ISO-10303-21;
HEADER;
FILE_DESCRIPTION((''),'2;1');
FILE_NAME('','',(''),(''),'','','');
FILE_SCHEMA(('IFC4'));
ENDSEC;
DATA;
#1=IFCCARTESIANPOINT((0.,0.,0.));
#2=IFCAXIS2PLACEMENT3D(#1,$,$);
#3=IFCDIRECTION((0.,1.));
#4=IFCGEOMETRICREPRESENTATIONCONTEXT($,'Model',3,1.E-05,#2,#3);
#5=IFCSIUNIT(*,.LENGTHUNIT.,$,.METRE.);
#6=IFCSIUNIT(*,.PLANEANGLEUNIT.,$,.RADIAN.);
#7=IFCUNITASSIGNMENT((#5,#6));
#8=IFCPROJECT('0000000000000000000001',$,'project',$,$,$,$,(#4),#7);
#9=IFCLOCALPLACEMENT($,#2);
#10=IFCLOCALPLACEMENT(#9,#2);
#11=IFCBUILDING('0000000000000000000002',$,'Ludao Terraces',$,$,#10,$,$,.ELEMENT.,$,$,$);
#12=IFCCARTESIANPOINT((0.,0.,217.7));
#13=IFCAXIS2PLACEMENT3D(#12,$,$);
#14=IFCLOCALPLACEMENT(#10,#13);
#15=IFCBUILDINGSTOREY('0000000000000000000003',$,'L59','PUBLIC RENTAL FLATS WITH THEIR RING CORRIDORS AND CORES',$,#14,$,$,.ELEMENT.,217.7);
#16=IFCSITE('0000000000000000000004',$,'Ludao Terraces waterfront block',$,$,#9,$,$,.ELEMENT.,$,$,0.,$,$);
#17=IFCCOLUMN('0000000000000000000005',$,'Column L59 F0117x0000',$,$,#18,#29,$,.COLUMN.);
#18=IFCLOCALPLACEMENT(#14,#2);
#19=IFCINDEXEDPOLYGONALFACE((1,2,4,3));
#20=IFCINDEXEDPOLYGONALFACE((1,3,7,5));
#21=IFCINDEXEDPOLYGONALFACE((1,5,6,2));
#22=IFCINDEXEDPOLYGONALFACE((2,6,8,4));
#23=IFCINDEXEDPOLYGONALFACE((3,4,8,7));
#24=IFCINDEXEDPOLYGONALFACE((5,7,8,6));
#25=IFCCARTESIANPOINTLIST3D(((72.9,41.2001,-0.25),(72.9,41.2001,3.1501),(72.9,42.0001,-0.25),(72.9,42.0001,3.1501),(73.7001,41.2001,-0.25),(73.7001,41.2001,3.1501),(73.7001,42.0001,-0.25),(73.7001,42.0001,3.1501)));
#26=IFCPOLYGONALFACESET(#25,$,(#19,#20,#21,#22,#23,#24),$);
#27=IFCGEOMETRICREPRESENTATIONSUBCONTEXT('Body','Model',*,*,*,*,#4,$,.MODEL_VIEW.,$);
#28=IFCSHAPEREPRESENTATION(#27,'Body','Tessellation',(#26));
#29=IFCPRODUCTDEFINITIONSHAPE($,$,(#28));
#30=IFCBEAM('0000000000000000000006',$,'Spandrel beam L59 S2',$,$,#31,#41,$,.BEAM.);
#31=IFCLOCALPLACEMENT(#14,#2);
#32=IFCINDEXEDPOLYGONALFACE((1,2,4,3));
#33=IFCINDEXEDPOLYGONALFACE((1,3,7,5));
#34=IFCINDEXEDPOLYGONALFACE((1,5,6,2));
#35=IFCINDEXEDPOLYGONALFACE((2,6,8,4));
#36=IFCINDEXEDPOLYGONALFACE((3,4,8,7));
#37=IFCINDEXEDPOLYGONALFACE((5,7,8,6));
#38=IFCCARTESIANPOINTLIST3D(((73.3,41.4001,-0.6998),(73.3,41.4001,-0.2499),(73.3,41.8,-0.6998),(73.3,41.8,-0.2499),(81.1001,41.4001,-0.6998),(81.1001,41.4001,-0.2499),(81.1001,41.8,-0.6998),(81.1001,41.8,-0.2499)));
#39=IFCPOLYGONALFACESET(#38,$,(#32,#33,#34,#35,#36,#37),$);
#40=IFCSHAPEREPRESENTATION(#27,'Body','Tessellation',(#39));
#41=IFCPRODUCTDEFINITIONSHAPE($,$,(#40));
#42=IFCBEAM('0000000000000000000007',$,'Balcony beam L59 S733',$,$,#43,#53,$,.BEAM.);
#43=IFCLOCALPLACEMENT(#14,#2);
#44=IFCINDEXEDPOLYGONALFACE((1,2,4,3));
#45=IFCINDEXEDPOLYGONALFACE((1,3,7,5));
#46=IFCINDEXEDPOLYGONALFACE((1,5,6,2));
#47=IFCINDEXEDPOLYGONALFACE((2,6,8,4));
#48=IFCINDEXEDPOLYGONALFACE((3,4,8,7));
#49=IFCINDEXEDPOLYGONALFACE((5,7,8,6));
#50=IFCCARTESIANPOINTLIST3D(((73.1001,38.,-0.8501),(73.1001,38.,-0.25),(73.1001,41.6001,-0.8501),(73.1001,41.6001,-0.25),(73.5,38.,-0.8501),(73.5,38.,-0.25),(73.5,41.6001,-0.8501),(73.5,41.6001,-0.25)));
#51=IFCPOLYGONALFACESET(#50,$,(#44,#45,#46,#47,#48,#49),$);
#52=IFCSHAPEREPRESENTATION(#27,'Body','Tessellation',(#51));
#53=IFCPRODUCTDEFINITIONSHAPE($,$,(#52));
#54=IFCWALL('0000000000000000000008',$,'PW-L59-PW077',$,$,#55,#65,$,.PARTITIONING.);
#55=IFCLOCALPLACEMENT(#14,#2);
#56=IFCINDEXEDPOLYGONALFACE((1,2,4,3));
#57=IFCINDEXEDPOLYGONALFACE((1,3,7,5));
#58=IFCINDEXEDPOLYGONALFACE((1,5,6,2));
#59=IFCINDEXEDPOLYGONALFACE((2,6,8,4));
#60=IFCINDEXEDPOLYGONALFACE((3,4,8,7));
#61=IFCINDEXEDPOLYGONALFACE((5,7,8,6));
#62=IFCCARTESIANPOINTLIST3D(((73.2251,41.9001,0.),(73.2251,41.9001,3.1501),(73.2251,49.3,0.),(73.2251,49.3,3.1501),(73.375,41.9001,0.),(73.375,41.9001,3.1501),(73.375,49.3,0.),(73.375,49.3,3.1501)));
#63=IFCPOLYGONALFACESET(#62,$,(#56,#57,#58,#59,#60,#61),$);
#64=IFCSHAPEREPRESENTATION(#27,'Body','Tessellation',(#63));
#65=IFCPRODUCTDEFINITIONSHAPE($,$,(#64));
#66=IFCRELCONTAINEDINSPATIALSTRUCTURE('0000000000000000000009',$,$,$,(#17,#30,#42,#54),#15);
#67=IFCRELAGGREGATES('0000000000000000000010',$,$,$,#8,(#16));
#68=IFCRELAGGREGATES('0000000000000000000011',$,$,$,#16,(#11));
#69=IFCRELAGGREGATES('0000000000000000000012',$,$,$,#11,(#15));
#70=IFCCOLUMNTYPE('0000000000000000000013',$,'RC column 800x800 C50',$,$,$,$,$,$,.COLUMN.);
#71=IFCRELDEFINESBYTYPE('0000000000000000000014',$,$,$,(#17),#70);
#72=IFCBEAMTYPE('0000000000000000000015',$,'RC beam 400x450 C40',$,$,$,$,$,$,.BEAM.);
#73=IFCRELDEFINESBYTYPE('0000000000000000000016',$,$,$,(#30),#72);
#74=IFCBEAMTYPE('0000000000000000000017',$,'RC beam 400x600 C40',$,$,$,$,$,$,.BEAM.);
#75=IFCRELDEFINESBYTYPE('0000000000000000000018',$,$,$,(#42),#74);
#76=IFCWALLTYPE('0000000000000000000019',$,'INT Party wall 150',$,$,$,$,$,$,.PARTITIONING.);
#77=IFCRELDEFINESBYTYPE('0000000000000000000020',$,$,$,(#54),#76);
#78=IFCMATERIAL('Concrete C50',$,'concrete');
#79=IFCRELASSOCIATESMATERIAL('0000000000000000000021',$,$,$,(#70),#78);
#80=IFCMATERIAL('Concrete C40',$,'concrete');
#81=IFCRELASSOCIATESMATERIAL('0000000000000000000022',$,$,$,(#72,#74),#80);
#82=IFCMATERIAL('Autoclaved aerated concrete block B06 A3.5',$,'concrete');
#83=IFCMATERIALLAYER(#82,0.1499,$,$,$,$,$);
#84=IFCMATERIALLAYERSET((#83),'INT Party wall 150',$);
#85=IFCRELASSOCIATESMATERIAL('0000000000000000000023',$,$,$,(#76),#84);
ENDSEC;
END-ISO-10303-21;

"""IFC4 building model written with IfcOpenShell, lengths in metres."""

from ifc_helpers import new_model, si_unit, direction, frame, frame_2d, origin, origin_2d, place, context, subcontext, project, spatial, rectangle, extrude, material, layer, layer_set, material_profile, profile_set, type_object, element, save


model = new_model("IFC4")

# Units and contexts
model_context = context("Model", 3, precision=1e-05, world=origin(), true_north=direction((0.0, 1.0)))
body_context = subcontext(model_context, "Body", "Model", "MODEL_VIEW")
ifc_project = project(units=[si_unit("LENGTHUNIT", "METRE"), si_unit("PLANEANGLEUNIT", "RADIAN")], contexts=[model_context])

# Site, building, storey
site_placement = place(None, origin())
site = spatial("IfcSite", under=ifc_project, at=site_placement, Name="Ludao Terraces waterfront block", CompositionType="ELEMENT", RefElevation=0.0)
building_placement = place(site_placement, origin())
building = spatial("IfcBuilding", under=site, at=building_placement, Name="Ludao Terraces", CompositionType="ELEMENT")
storey_placement = place(building_placement, frame((0.0, 0.0, 217.7)))
storey = spatial("IfcBuildingStorey", under=building, at=storey_placement, Name="L59", Description="PUBLIC RENTAL FLATS WITH THEIR RING CORRIDORS AND CORES", CompositionType="ELEMENT", Elevation=217.7)

# Column
ifc_material_1 = material(Name="Concrete C50", Category="concrete")
ifc_material_profile_1 = material_profile(ifc_material_1, rectangle(XDim=0.8, YDim=0.8, at=origin_2d()), Name="800 X 800")
ifc_profile_set_1 = profile_set([ifc_material_profile_1], Name="Concrete C50")
column_type = type_object("IfcColumnType", Name="RC column 800x800 C50", PredefinedType="COLUMN", material=ifc_profile_set_1)
column_placement = place(storey_placement, frame((73.3, 41.6001, -0.25), z_axis=(0.0, 0.0, 1.0), x_axis=(1.0, 0.0, 0.0)))
element("IfcColumn", 1, at=column_placement, inside=storey, type_object=column_type, Name="Column L59 F0117x0000", PredefinedType="COLUMN", context=body_context, shape_type="SweptSolid", body=[
    extrude(rectangle(XDim=0.8, YDim=0.8, at=origin_2d()), origin(), (0.0, 0.0, 1.0), 3.4001),
])

# Beams
ifc_material_2 = material(Name="Concrete C40", Category="concrete")
ifc_material_profile_2 = material_profile(ifc_material_2, rectangle(XDim=0.3999, YDim=0.45, at=origin_2d()), Name="400 X 450")
ifc_profile_set_2 = profile_set([ifc_material_profile_2], Name="Concrete C40")
beam_type_1 = type_object("IfcBeamType", Name="RC beam 400x450 C40", PredefinedType="BEAM", material=ifc_profile_set_2)
beam_1_placement = place(storey_placement, frame((73.3, 41.6001, -0.4749), z_axis=(1.0, 0.0, 0.0), x_axis=(0.0, 1.0, 0.0)))
element("IfcBeam", 2, at=beam_1_placement, inside=storey, type_object=beam_type_1, Name="Spandrel beam L59 S2", PredefinedType="BEAM", context=body_context, shape_type="SweptSolid", body=[
    extrude(rectangle(XDim=0.3999, YDim=0.45, at=origin_2d()), origin(), (0.0, 0.0, 1.0), 7.8),
])
ifc_material_profile_3 = material_profile(ifc_material_2, rectangle(XDim=0.3999, YDim=0.6001, at=origin_2d()), Name="400 X 600")
ifc_profile_set_3 = profile_set([ifc_material_profile_3], Name="Concrete C40")
beam_type_2 = type_object("IfcBeamType", Name="RC beam 400x600 C40", PredefinedType="BEAM", material=ifc_profile_set_3)
beam_2_placement = place(storey_placement, frame((73.3, 41.6001, -0.55), z_axis=(0.0, -1.0, 0.0), x_axis=(1.0, 0.0, 0.0)))
element("IfcBeam", 3, at=beam_2_placement, inside=storey, type_object=beam_type_2, Name="Balcony beam L59 S733", PredefinedType="BEAM", context=body_context, shape_type="SweptSolid", body=[
    extrude(rectangle(XDim=0.3999, YDim=0.6001, at=origin_2d()), origin(), (0.0, 0.0, 1.0), 3.6001),
])

# Wall
ifc_material_3 = material(Name="Autoclaved aerated concrete block B06 A3.5", Category="concrete")
ifc_layer = layer(ifc_material_3, 0.1499)
ifc_layer_set = layer_set([ifc_layer], Name="INT Party wall 150")
wall_type = type_object("IfcWallType", Name="INT Party wall 150", PredefinedType="PARTITIONING", material=ifc_layer_set)
wall_placement = place(storey_placement, frame((73.3, 41.9001, 0.0), z_axis=(0.0, 0.0, 1.0), x_axis=(0.0, 1.0, 0.0)))
element("IfcWall", 4, at=wall_placement, inside=storey, type_object=wall_type, Name="PW-L59-PW077", PredefinedType="PARTITIONING", context=body_context, shape_type="SweptSolid", body=[
    extrude(rectangle(XDim=7.3999, YDim=0.1499, at=frame_2d((3.7, 0.0))), origin(), (0.0, 0.0, 1.0), 3.1501),
])

save(model, "model.ifc")
